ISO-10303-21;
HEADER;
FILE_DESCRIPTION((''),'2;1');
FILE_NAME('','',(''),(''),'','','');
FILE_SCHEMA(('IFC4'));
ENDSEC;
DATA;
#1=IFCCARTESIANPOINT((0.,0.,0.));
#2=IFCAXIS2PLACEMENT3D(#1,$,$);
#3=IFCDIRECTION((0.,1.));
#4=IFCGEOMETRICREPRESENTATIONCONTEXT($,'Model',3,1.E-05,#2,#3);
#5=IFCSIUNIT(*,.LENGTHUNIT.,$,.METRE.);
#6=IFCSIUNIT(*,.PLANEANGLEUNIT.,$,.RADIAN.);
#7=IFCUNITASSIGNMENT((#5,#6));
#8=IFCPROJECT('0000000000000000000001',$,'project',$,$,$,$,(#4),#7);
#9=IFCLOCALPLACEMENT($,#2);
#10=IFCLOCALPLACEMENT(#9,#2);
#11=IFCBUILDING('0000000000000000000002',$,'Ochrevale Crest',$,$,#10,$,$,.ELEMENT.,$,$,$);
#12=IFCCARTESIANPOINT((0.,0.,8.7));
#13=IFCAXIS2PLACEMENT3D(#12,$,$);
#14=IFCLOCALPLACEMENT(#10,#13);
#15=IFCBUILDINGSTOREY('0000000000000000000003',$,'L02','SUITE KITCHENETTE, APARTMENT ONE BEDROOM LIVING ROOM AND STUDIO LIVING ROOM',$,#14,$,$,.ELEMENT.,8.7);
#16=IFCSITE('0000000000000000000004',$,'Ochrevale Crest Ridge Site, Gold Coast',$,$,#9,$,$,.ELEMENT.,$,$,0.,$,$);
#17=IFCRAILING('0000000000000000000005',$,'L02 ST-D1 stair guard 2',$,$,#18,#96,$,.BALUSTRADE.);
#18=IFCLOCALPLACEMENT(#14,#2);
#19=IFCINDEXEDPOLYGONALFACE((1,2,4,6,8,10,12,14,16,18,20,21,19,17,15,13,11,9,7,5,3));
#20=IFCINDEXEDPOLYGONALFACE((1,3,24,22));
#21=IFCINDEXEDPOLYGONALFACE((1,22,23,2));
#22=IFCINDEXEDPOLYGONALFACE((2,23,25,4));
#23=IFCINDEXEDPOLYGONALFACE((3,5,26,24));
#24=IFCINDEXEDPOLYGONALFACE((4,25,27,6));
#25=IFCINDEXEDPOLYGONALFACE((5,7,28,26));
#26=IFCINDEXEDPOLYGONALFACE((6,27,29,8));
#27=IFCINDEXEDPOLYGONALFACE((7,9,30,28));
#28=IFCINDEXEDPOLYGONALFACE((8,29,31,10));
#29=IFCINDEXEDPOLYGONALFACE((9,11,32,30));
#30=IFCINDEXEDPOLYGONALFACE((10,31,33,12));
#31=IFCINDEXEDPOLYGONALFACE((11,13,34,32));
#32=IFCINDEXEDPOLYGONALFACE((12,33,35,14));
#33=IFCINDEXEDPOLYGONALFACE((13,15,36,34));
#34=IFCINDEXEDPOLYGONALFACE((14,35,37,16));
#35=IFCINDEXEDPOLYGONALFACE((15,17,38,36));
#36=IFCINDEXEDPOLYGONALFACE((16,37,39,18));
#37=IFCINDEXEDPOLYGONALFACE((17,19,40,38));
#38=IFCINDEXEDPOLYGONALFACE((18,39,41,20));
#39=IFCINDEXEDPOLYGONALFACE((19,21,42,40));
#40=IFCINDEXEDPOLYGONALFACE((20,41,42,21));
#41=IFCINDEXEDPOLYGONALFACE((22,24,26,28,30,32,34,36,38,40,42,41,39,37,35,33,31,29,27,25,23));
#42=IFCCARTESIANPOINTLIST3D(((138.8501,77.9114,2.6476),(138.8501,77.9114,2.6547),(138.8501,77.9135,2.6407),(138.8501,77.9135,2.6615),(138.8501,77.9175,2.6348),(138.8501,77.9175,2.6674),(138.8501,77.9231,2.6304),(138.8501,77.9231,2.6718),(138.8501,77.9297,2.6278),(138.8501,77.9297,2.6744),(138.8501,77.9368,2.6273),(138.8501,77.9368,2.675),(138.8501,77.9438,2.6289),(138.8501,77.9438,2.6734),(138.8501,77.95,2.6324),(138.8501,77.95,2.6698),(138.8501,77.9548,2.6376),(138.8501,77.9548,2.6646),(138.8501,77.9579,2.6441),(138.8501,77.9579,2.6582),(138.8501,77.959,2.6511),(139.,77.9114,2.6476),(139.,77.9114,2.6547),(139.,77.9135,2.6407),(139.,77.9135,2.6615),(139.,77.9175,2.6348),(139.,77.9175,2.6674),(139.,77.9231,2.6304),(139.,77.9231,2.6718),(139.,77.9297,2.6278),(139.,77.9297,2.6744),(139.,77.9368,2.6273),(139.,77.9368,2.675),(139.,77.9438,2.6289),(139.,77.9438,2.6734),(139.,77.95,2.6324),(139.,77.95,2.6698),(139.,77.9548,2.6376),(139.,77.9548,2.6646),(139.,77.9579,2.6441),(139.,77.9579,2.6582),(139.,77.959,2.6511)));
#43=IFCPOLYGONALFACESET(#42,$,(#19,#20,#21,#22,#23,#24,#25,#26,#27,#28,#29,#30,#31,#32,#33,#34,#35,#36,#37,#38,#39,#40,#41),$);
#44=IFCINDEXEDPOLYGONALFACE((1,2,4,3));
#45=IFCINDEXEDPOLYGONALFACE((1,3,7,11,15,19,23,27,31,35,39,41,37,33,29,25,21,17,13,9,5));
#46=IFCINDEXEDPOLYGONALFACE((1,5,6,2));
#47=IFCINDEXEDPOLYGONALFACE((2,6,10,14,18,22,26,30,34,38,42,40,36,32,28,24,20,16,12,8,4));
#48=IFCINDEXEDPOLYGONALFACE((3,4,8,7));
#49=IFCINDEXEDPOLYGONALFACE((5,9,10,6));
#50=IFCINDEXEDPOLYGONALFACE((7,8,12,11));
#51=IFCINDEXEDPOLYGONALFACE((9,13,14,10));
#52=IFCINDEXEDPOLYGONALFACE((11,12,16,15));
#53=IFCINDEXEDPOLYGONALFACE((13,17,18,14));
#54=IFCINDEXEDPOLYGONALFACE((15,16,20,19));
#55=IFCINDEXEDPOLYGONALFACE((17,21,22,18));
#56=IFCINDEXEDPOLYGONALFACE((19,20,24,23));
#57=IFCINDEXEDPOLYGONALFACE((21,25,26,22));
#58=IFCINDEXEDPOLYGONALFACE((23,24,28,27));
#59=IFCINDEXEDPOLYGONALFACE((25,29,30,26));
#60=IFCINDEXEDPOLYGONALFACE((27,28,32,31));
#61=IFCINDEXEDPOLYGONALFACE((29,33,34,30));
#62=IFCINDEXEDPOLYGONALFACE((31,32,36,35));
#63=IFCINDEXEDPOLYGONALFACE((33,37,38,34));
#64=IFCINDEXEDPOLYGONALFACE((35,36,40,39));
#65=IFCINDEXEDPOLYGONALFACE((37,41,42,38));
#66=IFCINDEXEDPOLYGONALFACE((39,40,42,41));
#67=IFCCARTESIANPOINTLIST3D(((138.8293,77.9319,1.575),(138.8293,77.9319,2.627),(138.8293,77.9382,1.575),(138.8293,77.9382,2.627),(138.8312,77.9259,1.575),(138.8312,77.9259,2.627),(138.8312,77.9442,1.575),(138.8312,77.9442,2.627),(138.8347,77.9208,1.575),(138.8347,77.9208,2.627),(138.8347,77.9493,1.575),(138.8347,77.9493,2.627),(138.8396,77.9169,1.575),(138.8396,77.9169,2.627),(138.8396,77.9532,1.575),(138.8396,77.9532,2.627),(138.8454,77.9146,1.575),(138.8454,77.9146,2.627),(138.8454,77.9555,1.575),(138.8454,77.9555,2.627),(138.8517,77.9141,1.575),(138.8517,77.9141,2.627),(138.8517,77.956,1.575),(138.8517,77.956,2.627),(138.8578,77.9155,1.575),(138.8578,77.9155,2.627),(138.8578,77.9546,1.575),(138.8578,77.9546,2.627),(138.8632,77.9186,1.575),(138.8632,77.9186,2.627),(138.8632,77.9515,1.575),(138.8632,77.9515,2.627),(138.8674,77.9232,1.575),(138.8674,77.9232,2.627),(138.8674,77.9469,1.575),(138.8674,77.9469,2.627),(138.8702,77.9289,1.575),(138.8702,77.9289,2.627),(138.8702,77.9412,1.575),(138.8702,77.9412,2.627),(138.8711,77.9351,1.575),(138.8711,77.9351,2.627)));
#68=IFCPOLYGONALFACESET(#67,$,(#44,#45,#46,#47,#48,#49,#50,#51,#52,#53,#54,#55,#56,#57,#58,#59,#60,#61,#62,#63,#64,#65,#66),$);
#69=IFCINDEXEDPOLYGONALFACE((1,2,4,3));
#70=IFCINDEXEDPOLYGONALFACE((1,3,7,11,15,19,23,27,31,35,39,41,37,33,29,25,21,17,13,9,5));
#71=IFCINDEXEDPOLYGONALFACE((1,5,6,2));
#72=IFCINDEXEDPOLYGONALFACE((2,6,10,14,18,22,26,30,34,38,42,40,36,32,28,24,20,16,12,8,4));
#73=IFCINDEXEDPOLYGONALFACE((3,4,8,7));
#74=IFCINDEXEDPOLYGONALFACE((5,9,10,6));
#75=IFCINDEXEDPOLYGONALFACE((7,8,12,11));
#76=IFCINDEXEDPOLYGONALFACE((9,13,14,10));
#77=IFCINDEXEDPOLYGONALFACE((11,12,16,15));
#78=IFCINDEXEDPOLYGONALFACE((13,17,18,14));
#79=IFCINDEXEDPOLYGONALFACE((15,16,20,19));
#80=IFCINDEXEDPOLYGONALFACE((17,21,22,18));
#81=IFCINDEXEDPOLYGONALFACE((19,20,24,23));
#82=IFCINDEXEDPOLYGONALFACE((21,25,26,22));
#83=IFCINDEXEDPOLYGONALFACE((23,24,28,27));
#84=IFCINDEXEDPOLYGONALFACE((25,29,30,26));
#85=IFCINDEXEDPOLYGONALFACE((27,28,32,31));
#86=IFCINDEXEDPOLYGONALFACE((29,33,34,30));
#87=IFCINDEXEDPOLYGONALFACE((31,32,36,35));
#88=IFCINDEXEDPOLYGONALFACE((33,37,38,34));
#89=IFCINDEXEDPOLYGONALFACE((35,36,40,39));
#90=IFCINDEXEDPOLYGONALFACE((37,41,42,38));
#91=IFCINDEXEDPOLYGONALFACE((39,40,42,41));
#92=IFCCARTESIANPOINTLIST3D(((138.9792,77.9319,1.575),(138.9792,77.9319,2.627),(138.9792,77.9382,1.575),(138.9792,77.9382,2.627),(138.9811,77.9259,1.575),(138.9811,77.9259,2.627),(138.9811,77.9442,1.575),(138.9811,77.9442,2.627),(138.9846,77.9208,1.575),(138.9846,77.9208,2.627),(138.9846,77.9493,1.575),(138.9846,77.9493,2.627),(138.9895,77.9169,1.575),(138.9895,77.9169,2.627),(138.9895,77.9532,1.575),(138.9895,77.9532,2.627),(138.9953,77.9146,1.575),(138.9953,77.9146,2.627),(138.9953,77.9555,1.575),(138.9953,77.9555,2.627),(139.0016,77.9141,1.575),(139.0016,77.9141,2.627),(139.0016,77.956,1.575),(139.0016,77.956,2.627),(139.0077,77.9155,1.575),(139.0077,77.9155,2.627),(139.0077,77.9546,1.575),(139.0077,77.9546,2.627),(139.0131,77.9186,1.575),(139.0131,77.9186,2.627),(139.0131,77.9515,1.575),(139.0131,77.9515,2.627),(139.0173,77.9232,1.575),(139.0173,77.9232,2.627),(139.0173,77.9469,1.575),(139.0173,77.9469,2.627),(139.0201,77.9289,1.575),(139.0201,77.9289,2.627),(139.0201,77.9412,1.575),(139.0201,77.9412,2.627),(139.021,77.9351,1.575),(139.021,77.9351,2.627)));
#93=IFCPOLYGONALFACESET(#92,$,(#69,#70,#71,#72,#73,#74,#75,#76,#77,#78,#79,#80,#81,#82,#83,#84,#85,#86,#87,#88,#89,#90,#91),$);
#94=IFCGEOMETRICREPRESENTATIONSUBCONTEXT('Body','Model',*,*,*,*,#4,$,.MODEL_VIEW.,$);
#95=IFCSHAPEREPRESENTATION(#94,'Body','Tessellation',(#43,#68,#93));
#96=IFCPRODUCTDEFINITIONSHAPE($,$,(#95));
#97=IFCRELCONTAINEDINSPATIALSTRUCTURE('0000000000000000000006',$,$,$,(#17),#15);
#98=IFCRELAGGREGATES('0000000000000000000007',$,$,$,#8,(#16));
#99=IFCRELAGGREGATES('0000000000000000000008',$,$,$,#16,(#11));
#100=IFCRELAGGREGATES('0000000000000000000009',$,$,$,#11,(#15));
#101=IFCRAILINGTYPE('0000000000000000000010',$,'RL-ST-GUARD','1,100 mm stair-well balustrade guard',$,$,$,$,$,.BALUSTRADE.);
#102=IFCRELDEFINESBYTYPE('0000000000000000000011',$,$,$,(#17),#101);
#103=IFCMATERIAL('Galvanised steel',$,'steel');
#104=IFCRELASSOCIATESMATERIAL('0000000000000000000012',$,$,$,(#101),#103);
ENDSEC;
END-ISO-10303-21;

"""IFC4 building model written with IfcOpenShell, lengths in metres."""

from ifc_helpers import new_model, si_unit, direction, frame, origin, origin_2d, place, context, subcontext, project, spatial, circle, extrude, material, type_object, element, save


model = new_model("IFC4")

# Units and contexts
model_context = context("Model", 3, precision=1e-05, world=origin(), true_north=direction((0.0, 1.0)))
body_context = subcontext(model_context, "Body", "Model", "MODEL_VIEW")
ifc_project = project(units=[si_unit("LENGTHUNIT", "METRE"), si_unit("PLANEANGLEUNIT", "RADIAN")], contexts=[model_context])

# Site, building, storey
site_placement = place(None, origin())
site = spatial("IfcSite", under=ifc_project, at=site_placement, Name="Ochrevale Crest Ridge Site, Gold Coast", CompositionType="ELEMENT", RefElevation=0.0)
building_placement = place(site_placement, origin())
building = spatial("IfcBuilding", under=site, at=building_placement, Name="Ochrevale Crest", CompositionType="ELEMENT")
storey_placement = place(building_placement, frame((0.0, 0.0, 8.7)))
storey = spatial("IfcBuildingStorey", under=building, at=storey_placement, Name="L02", Description="SUITE KITCHENETTE, APARTMENT ONE BEDROOM LIVING ROOM AND STUDIO LIVING ROOM", CompositionType="ELEMENT", Elevation=8.7)

# Railing
ifc_material_1 = material(Name="Galvanised steel", Category="steel")
railing_type_1 = type_object("IfcRailingType", Name="RL-ST-GUARD", Description="1,100 mm stair-well balustrade guard", PredefinedType="BALUSTRADE", material=ifc_material_1)
railing_1_placement = place(storey_placement, frame((138.8501, 77.9351, 1.575)))
element("IfcRailing", 1, at=railing_1_placement, inside=storey, type_object=railing_type_1, Name="L02 ST-D1 stair guard 2", PredefinedType="BALUSTRADE", context=body_context, shape_type="SweptSolid", body=[
    extrude(circle(Radius=0.0239, at=origin_2d()), frame((0.0, 0.0, 1.0762), z_axis=(1.0, 0.0, 0.0), x_axis=(0.0, 1.0, 0.0)), (0.0, 0.0, 1.0), 0.1499),
    extrude(circle(Radius=0.021, at=origin_2d()), origin(), (0.0, 0.0, 1.0), 1.052),
    extrude(circle(Radius=0.021, at=origin_2d()), frame((0.1499, 0.0, 0.0)), (0.0, 0.0, 1.0), 1.052),
])

save(model, "model.ifc")
